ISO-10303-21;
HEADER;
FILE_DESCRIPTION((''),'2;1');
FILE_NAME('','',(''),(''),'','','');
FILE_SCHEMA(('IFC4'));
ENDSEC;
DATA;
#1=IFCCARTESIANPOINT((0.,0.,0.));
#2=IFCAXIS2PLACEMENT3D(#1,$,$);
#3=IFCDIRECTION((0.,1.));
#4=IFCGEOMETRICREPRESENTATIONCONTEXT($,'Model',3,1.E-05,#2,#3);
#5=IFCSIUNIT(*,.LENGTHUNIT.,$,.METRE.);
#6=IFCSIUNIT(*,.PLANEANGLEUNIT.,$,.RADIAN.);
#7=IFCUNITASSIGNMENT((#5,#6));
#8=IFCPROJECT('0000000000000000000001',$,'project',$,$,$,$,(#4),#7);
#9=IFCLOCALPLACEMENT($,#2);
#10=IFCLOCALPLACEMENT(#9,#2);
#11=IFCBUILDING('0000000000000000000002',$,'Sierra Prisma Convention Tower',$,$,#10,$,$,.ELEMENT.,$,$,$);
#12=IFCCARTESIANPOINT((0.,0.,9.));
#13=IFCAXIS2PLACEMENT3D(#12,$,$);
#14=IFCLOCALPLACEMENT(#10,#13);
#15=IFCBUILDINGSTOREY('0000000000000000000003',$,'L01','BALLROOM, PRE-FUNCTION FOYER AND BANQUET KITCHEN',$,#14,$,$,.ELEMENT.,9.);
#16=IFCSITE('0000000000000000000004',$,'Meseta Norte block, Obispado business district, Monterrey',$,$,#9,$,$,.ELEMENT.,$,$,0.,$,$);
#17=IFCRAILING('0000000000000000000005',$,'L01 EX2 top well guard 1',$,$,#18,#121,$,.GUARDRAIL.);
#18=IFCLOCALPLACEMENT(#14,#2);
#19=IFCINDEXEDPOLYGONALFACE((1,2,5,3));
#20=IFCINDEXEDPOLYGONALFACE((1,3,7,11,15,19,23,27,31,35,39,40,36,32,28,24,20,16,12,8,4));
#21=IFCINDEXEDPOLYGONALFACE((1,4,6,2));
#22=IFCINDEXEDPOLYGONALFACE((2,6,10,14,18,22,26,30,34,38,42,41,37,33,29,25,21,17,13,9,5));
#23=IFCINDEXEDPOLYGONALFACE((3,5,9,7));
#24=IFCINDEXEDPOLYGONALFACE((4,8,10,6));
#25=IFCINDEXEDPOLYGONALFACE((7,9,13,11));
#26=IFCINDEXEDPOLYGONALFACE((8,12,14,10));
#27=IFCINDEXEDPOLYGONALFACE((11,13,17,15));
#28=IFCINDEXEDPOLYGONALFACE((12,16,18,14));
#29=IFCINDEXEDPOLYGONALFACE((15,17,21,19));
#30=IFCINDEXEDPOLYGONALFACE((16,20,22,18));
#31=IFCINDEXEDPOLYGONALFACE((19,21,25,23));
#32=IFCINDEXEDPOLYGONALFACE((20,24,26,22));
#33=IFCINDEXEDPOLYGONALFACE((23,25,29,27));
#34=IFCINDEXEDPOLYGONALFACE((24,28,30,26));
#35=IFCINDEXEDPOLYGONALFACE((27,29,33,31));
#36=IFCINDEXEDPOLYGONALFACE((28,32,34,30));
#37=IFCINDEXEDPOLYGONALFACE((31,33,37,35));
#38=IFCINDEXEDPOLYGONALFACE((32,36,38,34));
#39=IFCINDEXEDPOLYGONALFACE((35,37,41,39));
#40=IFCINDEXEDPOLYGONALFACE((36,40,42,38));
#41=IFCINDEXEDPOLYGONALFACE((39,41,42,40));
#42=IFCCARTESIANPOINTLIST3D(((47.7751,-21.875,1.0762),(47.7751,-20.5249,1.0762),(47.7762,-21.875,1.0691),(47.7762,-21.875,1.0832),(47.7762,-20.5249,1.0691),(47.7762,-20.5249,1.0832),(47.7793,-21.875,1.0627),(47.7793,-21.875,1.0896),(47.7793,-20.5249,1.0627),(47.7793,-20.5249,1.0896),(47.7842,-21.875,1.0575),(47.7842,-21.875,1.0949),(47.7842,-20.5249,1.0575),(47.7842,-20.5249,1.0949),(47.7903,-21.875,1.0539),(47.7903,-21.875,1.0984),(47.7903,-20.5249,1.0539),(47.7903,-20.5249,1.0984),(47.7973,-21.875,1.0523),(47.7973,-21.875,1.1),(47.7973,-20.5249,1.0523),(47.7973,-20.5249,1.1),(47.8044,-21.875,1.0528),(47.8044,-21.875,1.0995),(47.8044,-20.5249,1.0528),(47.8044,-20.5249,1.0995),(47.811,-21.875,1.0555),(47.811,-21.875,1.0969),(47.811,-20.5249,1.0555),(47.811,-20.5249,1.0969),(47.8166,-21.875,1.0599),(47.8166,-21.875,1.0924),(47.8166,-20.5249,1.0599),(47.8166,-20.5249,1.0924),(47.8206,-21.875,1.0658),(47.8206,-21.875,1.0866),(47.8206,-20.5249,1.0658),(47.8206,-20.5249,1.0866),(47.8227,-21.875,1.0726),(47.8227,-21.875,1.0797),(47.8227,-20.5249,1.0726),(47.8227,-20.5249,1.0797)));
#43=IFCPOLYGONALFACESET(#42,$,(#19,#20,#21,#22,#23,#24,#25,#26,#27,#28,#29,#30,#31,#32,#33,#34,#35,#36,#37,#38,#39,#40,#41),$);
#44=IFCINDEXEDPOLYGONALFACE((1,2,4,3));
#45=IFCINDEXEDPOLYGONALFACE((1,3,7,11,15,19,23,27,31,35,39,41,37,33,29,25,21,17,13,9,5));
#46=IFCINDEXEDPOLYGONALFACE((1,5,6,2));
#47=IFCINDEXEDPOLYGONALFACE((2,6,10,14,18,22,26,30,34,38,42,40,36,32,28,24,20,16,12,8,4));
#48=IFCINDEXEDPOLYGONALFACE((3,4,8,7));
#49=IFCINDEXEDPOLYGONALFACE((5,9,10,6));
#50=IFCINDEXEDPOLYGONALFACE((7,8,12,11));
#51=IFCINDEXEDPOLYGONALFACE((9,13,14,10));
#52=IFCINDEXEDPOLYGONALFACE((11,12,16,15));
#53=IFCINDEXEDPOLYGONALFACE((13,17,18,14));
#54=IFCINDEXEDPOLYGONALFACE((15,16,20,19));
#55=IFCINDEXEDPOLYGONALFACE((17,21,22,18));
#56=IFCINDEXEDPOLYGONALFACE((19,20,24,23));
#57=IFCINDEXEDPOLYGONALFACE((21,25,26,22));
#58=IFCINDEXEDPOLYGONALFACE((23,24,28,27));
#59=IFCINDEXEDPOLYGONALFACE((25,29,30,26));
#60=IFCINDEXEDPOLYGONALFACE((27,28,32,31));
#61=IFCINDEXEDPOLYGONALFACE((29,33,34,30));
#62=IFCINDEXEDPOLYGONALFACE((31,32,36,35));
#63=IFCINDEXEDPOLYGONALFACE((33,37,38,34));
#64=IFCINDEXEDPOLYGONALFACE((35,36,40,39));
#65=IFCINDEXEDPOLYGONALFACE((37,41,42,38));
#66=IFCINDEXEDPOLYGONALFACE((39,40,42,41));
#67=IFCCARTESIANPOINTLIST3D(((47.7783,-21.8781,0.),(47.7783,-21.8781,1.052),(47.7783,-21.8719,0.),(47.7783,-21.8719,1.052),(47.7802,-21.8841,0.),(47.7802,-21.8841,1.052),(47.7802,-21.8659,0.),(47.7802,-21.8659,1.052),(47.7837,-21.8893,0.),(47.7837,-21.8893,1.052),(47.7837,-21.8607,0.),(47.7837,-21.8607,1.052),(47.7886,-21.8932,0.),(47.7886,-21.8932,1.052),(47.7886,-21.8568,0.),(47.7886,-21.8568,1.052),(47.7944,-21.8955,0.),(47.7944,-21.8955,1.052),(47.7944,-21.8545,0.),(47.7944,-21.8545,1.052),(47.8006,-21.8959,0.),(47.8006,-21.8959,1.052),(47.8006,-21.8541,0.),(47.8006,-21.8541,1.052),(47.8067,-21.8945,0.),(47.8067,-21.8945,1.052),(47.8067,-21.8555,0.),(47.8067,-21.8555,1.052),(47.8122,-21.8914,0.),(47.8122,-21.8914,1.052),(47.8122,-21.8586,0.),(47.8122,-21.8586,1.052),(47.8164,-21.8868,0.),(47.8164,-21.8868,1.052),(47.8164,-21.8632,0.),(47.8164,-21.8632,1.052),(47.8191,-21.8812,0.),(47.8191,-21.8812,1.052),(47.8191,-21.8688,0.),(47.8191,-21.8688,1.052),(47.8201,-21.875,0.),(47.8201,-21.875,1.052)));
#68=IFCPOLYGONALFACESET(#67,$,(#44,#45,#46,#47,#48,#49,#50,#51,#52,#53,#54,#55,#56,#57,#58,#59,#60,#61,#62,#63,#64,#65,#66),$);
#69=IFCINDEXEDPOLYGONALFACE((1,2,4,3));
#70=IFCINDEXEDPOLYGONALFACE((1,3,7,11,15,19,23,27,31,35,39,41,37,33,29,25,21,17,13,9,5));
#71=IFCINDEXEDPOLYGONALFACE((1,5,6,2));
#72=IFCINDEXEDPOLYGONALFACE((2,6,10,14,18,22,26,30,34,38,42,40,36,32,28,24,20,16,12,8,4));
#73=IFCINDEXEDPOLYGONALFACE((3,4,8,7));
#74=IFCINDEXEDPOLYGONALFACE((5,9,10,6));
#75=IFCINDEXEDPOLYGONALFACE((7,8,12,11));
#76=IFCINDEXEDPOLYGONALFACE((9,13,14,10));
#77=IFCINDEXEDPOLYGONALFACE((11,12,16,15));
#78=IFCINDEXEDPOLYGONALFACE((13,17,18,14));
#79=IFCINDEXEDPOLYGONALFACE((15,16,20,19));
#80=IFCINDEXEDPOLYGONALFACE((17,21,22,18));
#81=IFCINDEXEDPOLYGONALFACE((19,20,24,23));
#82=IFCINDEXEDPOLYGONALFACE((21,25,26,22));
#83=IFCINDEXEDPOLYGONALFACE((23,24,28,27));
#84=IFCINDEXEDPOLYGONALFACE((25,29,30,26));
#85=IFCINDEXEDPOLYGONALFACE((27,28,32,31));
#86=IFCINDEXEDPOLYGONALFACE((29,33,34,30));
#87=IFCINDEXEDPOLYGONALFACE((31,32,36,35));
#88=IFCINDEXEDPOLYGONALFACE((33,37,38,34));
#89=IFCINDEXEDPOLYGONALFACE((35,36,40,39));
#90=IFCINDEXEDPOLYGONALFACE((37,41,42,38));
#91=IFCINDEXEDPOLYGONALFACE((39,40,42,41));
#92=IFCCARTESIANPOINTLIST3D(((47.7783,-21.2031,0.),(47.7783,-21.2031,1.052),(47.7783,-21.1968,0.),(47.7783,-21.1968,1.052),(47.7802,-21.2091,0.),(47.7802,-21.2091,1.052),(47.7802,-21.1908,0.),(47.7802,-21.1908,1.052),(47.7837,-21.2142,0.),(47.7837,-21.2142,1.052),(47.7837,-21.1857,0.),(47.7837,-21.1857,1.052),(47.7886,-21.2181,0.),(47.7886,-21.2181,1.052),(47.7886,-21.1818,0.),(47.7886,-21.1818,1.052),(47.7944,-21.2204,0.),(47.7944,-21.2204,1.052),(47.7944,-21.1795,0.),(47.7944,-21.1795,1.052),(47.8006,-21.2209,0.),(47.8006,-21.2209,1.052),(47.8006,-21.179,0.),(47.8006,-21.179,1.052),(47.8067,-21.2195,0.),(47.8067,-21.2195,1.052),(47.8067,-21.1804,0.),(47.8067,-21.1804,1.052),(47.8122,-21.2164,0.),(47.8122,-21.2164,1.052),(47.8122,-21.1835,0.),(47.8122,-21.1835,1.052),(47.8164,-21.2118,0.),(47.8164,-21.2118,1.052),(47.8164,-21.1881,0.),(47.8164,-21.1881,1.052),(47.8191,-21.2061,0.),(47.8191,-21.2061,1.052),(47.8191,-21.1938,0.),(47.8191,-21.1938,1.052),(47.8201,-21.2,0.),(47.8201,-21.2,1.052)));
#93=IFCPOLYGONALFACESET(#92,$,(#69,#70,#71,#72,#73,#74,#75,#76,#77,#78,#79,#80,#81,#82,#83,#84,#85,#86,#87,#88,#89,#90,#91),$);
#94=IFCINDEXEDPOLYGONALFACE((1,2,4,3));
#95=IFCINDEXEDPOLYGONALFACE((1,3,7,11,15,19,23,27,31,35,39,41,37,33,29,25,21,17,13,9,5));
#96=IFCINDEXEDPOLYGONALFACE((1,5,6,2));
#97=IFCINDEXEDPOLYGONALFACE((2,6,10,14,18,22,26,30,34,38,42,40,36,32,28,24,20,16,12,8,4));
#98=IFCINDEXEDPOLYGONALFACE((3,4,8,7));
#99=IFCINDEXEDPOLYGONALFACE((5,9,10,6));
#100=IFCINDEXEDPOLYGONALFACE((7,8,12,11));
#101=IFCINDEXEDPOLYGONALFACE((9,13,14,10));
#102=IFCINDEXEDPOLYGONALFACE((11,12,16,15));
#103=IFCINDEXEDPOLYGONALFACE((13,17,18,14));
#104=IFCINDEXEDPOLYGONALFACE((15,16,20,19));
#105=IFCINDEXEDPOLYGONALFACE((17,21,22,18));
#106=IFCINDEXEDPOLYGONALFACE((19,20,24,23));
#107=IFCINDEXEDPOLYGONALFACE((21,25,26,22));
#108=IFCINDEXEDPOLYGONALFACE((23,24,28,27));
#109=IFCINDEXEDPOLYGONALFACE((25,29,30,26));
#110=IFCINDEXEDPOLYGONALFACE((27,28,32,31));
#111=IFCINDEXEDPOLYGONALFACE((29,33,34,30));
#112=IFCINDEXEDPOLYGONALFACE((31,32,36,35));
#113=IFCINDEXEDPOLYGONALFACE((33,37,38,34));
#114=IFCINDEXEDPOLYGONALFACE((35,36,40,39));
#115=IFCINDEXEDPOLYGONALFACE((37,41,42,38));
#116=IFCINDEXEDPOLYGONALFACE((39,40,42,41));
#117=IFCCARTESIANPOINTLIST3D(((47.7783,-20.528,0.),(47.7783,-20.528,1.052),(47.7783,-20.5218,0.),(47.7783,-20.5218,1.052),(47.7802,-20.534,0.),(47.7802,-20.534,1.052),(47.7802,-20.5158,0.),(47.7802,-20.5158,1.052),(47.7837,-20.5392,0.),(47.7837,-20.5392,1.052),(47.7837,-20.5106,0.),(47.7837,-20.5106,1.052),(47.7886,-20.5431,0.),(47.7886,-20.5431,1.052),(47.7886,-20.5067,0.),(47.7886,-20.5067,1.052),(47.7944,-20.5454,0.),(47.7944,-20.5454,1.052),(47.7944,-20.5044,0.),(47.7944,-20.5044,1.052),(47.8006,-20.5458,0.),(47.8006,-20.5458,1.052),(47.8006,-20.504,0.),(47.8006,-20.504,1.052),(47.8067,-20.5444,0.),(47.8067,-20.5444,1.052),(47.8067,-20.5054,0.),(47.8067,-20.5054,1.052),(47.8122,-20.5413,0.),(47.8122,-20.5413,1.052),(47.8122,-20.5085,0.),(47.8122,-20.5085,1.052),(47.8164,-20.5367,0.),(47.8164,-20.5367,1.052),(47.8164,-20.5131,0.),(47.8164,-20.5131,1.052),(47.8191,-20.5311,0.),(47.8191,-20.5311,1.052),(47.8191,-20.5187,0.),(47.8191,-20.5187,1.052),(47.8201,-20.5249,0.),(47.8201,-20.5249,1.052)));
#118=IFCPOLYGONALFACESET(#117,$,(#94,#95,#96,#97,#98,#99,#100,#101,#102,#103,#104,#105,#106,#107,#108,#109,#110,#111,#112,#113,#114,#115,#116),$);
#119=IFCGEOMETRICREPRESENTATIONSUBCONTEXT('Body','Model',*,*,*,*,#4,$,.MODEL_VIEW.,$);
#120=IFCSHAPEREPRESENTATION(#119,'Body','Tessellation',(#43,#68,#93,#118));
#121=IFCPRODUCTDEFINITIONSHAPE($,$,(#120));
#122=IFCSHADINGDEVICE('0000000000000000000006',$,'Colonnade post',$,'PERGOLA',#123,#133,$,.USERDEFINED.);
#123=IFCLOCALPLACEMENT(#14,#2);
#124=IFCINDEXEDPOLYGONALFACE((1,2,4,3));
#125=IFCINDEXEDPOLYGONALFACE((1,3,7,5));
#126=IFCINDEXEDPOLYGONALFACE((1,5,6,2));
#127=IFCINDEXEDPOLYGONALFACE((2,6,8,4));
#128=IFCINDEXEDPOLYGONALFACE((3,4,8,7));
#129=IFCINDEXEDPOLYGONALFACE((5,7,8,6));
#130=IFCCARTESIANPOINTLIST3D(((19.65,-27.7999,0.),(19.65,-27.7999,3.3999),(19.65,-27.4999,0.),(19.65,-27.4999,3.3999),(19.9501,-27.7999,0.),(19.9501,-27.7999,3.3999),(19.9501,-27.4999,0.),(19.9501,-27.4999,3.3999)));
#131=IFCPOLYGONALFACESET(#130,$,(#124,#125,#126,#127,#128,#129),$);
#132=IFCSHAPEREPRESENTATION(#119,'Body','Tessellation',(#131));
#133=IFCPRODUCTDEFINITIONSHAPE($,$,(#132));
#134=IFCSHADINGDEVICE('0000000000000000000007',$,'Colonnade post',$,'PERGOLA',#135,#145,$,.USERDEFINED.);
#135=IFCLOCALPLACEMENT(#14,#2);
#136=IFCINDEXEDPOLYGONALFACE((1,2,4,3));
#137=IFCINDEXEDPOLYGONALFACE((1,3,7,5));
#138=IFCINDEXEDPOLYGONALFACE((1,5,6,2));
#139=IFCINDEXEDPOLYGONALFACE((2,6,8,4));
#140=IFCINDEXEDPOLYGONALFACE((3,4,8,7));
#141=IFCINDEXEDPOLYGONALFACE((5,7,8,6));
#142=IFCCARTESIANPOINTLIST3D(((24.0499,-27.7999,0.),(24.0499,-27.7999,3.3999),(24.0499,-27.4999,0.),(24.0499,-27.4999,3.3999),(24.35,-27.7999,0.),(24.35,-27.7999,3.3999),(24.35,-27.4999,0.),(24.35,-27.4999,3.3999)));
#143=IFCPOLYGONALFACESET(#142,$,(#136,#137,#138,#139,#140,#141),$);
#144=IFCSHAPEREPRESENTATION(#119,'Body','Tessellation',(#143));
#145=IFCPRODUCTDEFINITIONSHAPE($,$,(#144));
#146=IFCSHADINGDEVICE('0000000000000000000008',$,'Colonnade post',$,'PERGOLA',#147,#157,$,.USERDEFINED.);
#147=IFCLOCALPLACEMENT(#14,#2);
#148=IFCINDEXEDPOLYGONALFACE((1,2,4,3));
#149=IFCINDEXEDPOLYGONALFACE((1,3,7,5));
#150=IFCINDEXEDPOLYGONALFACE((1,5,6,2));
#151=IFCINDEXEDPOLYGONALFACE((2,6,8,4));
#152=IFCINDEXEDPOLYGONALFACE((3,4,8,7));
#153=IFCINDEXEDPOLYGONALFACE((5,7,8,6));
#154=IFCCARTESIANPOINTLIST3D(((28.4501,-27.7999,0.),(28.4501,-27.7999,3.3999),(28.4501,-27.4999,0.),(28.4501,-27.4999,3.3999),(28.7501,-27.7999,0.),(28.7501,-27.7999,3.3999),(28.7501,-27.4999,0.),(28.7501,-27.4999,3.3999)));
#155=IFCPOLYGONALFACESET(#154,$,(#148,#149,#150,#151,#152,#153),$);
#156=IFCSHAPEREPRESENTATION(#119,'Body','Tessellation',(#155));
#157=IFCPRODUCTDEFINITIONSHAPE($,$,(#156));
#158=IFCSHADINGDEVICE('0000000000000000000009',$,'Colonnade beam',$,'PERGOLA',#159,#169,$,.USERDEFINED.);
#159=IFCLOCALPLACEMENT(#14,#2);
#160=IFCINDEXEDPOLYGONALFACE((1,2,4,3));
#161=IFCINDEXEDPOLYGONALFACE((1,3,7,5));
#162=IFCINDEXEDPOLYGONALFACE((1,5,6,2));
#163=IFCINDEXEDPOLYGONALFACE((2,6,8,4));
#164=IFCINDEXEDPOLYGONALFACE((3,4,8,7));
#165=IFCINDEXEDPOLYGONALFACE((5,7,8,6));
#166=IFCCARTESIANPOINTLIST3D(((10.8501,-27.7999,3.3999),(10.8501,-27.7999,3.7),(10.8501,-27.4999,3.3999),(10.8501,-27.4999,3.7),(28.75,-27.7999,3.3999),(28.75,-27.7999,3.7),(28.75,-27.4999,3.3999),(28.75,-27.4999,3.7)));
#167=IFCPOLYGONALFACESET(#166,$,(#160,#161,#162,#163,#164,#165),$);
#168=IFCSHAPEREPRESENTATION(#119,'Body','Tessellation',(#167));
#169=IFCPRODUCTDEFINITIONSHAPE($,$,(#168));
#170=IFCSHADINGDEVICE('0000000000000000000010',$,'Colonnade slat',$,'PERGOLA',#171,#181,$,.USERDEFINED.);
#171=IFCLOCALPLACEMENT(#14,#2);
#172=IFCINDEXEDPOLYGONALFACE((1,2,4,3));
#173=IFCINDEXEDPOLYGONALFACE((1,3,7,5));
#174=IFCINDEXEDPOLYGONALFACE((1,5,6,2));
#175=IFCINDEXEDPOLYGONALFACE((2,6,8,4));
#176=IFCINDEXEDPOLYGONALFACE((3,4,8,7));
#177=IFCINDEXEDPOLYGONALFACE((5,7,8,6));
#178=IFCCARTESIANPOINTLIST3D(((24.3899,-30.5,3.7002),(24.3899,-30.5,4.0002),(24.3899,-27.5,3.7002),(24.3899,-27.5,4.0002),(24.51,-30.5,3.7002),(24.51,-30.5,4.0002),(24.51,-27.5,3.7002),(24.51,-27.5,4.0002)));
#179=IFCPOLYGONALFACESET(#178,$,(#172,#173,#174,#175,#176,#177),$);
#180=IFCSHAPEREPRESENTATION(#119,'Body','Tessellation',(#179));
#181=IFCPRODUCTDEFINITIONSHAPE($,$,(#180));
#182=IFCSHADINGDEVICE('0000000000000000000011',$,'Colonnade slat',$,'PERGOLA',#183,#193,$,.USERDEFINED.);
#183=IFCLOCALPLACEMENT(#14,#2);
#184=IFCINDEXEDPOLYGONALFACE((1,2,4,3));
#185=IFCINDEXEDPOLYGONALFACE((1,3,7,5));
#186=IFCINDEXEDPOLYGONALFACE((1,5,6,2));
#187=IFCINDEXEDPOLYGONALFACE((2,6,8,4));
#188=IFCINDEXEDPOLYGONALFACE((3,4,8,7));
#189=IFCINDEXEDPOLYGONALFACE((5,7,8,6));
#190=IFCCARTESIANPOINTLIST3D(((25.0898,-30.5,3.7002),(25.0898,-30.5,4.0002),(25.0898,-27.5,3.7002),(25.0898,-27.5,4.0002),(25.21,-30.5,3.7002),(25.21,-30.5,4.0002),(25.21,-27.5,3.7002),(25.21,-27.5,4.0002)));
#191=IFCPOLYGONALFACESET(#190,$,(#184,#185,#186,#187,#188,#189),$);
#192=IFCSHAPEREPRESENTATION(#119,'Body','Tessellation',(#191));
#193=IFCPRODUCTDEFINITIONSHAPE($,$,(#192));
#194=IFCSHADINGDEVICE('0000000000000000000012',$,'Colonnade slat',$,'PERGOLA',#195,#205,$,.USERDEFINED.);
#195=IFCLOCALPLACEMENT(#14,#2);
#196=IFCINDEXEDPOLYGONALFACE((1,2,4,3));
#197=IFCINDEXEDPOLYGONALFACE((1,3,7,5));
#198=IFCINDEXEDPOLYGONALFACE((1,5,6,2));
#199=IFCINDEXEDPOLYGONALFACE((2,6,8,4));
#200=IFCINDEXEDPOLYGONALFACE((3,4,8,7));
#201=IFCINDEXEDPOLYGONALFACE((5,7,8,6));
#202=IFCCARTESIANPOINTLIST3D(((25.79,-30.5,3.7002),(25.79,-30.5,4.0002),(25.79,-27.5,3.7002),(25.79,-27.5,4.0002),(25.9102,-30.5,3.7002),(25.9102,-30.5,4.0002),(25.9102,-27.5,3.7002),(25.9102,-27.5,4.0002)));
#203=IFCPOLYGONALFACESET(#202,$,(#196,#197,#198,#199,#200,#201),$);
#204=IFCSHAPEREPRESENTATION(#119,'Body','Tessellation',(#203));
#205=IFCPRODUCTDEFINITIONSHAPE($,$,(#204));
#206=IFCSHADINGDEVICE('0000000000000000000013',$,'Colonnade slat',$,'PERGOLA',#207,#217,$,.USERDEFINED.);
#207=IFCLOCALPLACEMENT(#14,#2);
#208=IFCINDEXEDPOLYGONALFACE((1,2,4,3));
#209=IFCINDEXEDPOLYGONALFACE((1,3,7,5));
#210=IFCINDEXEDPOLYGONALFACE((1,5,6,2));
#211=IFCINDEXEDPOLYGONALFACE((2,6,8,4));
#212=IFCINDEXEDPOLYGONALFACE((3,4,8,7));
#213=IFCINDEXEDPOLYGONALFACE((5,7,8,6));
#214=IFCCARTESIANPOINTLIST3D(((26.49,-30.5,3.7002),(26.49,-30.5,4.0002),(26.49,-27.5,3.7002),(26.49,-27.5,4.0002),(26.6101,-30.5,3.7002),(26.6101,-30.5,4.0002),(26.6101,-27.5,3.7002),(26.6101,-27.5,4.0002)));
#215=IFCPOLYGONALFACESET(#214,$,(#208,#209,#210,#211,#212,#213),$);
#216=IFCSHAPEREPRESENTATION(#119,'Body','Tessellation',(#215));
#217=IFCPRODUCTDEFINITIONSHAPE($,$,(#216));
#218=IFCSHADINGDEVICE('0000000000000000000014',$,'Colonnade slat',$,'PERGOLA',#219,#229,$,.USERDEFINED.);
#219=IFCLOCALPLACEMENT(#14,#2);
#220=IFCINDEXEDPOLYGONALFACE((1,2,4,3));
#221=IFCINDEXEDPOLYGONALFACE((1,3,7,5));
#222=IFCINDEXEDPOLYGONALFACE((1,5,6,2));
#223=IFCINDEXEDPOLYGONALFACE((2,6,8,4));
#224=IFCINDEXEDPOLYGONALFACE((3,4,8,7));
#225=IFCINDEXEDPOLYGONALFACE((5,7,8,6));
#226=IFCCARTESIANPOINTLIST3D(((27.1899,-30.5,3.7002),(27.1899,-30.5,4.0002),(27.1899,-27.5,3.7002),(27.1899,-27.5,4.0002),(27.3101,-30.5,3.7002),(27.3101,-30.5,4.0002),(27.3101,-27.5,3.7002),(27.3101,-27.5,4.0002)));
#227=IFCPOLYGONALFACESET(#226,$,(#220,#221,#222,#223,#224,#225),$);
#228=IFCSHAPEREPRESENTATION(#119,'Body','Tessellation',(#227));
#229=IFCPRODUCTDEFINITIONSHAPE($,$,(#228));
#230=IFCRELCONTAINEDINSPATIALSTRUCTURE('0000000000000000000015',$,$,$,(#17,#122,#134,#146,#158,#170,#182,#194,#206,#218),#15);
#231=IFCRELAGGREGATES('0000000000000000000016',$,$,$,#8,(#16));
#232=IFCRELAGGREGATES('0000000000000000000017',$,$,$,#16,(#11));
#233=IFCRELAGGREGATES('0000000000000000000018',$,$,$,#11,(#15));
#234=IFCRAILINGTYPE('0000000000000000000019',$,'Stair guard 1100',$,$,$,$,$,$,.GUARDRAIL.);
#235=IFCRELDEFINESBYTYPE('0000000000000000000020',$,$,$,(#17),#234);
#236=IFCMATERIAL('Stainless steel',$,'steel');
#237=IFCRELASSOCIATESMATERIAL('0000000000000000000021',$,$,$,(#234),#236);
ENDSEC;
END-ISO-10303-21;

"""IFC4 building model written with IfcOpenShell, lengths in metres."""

from ifc_helpers import new_model, si_unit, direction, frame, origin, origin_2d, place, context, subcontext, project, spatial, rectangle, circle, extrude, material, type_object, element, save


model = new_model("IFC4")

# Units and contexts
model_context = context("Model", 3, precision=1e-05, world=origin(), true_north=direction((0.0, 1.0)))
body_context = subcontext(model_context, "Body", "Model", "MODEL_VIEW")
ifc_project = project(units=[si_unit("LENGTHUNIT", "METRE"), si_unit("PLANEANGLEUNIT", "RADIAN")], contexts=[model_context])

# Site, building, storey
site_placement = place(None, origin())
site = spatial("IfcSite", under=ifc_project, at=site_placement, Name="Meseta Norte block, Obispado business district, Monterrey", CompositionType="ELEMENT", RefElevation=0.0)
building_placement = place(site_placement, origin())
building = spatial("IfcBuilding", under=site, at=building_placement, Name="Sierra Prisma Convention Tower", CompositionType="ELEMENT")
storey_placement = place(building_placement, frame((0.0, 0.0, 9.0)))
storey = spatial("IfcBuildingStorey", under=building, at=storey_placement, Name="L01", Description="BALLROOM, PRE-FUNCTION FOYER AND BANQUET KITCHEN", CompositionType="ELEMENT", Elevation=9.0)

# Railing
ifc_material_1 = material(Name="Stainless steel", Category="steel")
railing_type_1 = type_object("IfcRailingType", Name="Stair guard 1100", PredefinedType="GUARDRAIL", material=ifc_material_1)
railing_1_placement = place(storey_placement, frame((47.7991, -21.875, 0.0)))
element("IfcRailing", 1, at=railing_1_placement, inside=storey, type_object=railing_type_1, Name="L01 EX2 top well guard 1", PredefinedType="GUARDRAIL", context=body_context, shape_type="SweptSolid", body=[
    extrude(circle(Radius=0.0239, at=origin_2d()), frame((0.0, 0.0, 1.0762), z_axis=(0.0, 1.0, 0.0), x_axis=(-1.0, 0.0, 0.0)), (0.0, 0.0, 1.0), 1.3501),
    extrude(circle(Radius=0.021, at=origin_2d()), origin(), (0.0, 0.0, 1.0), 1.052),
    extrude(circle(Radius=0.021, at=origin_2d()), frame((0.0, 0.675, 0.0)), (0.0, 0.0, 1.0), 1.052),
    extrude(circle(Radius=0.021, at=origin_2d()), frame((0.0, 1.3501, 0.0)), (0.0, 0.0, 1.0), 1.052),
])

# Shading devices
for number, where, z_axis, x_axis, name in (
    (2, (19.8, -27.6499, 0.0), (0.0, 0.0, 1.0), (1.0, 0.0, 0.0), "Colonnade post"),
    (3, (24.2, -27.6499, 0.0), (0.0, 0.0, 1.0), (1.0, 0.0, 0.0), "Colonnade post"),
    (4, (28.6001, -27.6499, 0.0), (0.0, 0.0, 1.0), (1.0, 0.0, 0.0), "Colonnade post"),
):
    element("IfcShadingDevice", number, at=place(storey_placement, frame(where, z_axis=z_axis, x_axis=x_axis)), inside=storey, Name=name, ObjectType="PERGOLA", PredefinedType="USERDEFINED", context=body_context, shape_type="SweptSolid", body=[
        extrude(rectangle(XDim=0.3, YDim=0.3, at=origin_2d()), origin(), (0.0, 0.0, 1.0), 3.3999),
    ])
shading_device_placement = place(storey_placement, frame((19.8, -27.6499, 3.3999), z_axis=(0.0, 0.0, 1.0), x_axis=(1.0, 0.0, 0.0)))
element("IfcShadingDevice", 5, at=shading_device_placement, inside=storey, Name="Colonnade beam", ObjectType="PERGOLA", PredefinedType="USERDEFINED", context=body_context, shape_type="SweptSolid", body=[
    extrude(rectangle(XDim=17.8999, YDim=0.3, at=origin_2d()), origin(), (0.0, 0.0, 1.0), 0.3),
])
for number, where, z_axis, x_axis, name in (
    (6, (24.45, -29.0, 3.7002), (0.0, 0.0, 1.0), (1.0, 0.0, 0.0), "Colonnade slat"),
    (7, (25.1499, -29.0, 3.7002), (0.0, 0.0, 1.0), (1.0, 0.0, 0.0), "Colonnade slat"),
    (8, (25.8501, -29.0, 3.7002), (0.0, 0.0, 1.0), (1.0, 0.0, 0.0), "Colonnade slat"),
    (9, (26.55, -29.0, 3.7002), (0.0, 0.0, 1.0), (1.0, 0.0, 0.0), "Colonnade slat"),
    (10, (27.25, -29.0, 3.7002), (0.0, 0.0, 1.0), (1.0, 0.0, 0.0), "Colonnade slat"),
):
    element("IfcShadingDevice", number, at=place(storey_placement, frame(where, z_axis=z_axis, x_axis=x_axis)), inside=storey, Name=name, ObjectType="PERGOLA", PredefinedType="USERDEFINED", context=body_context, shape_type="SweptSolid", body=[
        extrude(rectangle(XDim=0.1201, YDim=3.0, at=origin_2d()), origin(), (0.0, 0.0, 1.0), 0.3),
    ])

save(model, "model.ifc")
